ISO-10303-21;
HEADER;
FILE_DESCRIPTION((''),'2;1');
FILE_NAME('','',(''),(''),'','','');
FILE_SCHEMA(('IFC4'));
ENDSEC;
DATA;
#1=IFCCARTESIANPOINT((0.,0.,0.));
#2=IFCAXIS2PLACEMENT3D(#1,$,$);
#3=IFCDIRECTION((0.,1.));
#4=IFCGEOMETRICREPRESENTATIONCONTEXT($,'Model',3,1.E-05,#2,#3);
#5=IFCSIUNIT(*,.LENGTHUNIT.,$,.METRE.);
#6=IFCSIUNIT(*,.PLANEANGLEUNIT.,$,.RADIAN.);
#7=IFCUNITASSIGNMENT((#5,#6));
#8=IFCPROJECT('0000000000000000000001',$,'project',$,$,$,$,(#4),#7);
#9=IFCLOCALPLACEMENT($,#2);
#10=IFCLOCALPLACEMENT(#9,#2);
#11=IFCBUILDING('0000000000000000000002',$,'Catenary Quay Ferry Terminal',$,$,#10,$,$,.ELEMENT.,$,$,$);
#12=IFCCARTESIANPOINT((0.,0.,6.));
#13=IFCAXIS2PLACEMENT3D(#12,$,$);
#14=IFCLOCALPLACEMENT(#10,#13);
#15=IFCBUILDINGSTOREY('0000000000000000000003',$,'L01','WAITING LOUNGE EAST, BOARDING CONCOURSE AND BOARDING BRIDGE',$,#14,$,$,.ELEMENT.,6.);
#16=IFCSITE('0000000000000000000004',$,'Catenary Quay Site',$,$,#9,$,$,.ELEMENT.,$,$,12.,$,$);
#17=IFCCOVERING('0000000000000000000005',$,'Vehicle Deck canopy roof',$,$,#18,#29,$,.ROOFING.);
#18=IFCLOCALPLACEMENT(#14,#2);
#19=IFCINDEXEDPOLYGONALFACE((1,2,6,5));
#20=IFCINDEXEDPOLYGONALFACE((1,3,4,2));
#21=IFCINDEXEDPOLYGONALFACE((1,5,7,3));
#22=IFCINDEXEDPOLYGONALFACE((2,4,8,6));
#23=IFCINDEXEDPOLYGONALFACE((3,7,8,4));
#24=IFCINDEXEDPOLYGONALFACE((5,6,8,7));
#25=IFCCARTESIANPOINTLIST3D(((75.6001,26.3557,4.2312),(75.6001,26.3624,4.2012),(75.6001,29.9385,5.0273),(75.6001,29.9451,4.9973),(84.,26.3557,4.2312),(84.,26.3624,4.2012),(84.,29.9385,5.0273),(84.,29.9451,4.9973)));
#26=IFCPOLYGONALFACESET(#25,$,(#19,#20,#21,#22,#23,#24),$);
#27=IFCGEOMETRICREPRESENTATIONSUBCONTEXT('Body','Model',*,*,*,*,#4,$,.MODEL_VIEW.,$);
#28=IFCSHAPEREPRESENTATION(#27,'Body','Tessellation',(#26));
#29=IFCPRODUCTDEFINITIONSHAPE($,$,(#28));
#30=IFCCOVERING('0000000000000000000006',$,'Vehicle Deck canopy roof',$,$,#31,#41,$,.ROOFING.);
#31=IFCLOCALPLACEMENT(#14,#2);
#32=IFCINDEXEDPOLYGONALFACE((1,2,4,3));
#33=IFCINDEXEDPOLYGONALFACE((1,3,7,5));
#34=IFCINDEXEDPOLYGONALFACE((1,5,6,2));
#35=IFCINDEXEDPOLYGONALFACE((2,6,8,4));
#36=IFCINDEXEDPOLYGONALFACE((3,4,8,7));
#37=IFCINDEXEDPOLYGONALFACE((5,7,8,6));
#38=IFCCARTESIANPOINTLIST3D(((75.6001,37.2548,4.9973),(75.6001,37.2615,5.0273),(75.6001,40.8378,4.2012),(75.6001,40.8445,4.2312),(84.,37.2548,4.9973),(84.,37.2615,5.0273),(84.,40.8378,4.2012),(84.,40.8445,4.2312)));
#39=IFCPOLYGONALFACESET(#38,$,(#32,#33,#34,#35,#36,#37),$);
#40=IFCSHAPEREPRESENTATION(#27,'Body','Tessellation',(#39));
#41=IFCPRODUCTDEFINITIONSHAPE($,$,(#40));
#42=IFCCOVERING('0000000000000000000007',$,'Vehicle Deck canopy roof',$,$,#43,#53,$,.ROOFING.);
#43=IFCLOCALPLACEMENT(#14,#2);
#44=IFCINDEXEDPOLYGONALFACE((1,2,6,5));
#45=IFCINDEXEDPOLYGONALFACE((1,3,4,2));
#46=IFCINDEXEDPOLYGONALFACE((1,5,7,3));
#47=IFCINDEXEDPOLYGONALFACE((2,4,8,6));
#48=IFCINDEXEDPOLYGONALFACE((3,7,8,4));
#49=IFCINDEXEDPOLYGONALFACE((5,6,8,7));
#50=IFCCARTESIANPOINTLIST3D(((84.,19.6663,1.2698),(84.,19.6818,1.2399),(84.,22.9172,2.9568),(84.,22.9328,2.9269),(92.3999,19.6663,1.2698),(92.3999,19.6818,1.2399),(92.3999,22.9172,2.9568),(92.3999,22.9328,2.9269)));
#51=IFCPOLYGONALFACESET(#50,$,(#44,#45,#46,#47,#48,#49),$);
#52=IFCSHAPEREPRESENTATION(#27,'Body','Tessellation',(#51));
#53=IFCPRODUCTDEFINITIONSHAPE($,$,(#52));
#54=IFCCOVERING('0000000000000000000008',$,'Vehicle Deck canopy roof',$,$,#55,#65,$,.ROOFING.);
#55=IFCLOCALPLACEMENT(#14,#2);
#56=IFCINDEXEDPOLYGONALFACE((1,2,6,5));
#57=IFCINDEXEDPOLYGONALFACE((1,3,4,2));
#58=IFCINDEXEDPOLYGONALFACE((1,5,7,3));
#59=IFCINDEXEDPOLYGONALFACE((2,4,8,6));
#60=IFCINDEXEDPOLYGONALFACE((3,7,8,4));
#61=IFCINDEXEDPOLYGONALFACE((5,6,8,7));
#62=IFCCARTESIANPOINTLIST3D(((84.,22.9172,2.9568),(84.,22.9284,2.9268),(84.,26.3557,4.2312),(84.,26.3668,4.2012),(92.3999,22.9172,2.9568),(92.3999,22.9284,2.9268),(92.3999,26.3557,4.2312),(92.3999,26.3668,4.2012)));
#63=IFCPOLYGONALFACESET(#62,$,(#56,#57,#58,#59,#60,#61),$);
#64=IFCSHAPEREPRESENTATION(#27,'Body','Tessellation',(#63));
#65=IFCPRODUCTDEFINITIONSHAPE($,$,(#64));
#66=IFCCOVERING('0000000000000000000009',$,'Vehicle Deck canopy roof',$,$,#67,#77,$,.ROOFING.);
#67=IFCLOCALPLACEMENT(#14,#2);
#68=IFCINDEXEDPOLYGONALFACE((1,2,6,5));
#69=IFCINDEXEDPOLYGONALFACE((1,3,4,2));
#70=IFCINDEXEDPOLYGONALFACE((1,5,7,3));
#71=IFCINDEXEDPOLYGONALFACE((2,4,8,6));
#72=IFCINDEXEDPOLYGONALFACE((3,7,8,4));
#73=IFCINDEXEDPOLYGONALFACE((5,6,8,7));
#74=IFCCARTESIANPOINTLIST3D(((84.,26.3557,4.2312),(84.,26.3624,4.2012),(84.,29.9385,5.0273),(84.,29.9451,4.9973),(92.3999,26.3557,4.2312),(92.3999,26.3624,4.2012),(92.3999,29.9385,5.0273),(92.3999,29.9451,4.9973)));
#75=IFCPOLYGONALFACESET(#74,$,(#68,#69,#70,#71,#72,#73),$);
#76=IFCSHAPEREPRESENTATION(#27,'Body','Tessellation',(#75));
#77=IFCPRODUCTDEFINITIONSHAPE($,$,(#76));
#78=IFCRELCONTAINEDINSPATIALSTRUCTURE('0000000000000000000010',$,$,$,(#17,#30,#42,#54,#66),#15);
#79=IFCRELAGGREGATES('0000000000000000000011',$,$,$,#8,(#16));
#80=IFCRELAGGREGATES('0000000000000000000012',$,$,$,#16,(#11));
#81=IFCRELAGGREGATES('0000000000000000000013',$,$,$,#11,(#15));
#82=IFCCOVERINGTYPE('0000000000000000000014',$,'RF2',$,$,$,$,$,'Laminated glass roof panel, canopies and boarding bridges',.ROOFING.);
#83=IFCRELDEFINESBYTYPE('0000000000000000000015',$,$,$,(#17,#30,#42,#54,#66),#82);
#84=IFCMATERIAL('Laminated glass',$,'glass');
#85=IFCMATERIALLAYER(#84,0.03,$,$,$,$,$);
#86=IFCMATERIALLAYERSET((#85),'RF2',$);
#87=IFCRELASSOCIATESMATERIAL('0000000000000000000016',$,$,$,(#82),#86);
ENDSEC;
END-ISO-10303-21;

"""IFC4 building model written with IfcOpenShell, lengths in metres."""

from ifc_helpers import new_model, si_unit, direction, frame, origin, place, context, subcontext, project, spatial, polyline, outline, extrude, material, layer, layer_set, type_object, element, save


model = new_model("IFC4")

# Units and contexts
model_context = context("Model", 3, precision=1e-05, world=origin(), true_north=direction((0.0, 1.0)))
body_context = subcontext(model_context, "Body", "Model", "MODEL_VIEW")
ifc_project = project(units=[si_unit("LENGTHUNIT", "METRE"), si_unit("PLANEANGLEUNIT", "RADIAN")], contexts=[model_context])

# Site, building, storey
site_placement = place(None, origin())
site = spatial("IfcSite", under=ifc_project, at=site_placement, Name="Catenary Quay Site", CompositionType="ELEMENT", RefElevation=12.0)
building_placement = place(site_placement, origin())
building = spatial("IfcBuilding", under=site, at=building_placement, Name="Catenary Quay Ferry Terminal", CompositionType="ELEMENT")
storey_placement = place(building_placement, frame((0.0, 0.0, 6.0)))
storey = spatial("IfcBuildingStorey", under=building, at=storey_placement, Name="L01", Description="WAITING LOUNGE EAST, BOARDING CONCOURSE AND BOARDING BRIDGE", CompositionType="ELEMENT", Elevation=6.0)

# Coverings
ifc_material_1 = material(Name="Laminated glass", Category="glass")
ifc_layer = layer(ifc_material_1, 0.03)
ifc_layer_set = layer_set([ifc_layer], Name="RF2")
covering_type = type_object("IfcCoveringType", Name="RF2", ElementType="Laminated glass roof panel, canopies and boarding bridges", PredefinedType="ROOFING", material=ifc_layer_set)
covering_1_placement = place(storey_placement, frame((75.6001, 26.3557, 4.2312), z_axis=(0.0, -0.216923, 0.976189), x_axis=(1.0, 0.0, 0.0)))
element("IfcCovering", 1, at=covering_1_placement, inside=storey, type_object=covering_type, Name="Vehicle Deck canopy roof", PredefinedType="ROOFING", context=body_context, shape_type="SweptSolid", body=[
    extrude(outline(polyline([(0.0, 0.0), (8.3999, 0.0), (8.3999, 3.6702), (0.0, 3.6702), (0.0, 0.0)])), origin(), (0.0, 0.0, -1.0), 0.0308),
])
covering_2_placement = place(storey_placement, frame((75.6001, 37.2615, 5.0273), z_axis=(0.0, 0.216909, 0.976192), x_axis=(1.0, 0.0, 0.0)))
element("IfcCovering", 2, at=covering_2_placement, inside=storey, type_object=covering_type, Name="Vehicle Deck canopy roof", PredefinedType="ROOFING", context=body_context, shape_type="SweptSolid", body=[
    extrude(outline(polyline([(0.0, 0.0), (8.3999, 0.0), (8.3999, 3.6704), (0.0, 3.6704), (0.0, 0.0)])), origin(), (0.0, 0.0, -1.0), 0.0308),
])
covering_3_placement = place(storey_placement, frame((84.0, 19.6663, 1.2698), z_axis=(0.0, -0.460601, 0.887607), x_axis=(1.0, 0.0, 0.0)))
element("IfcCovering", 3, at=covering_3_placement, inside=storey, type_object=covering_type, Name="Vehicle Deck canopy roof", PredefinedType="ROOFING", context=body_context, shape_type="SweptSolid", body=[
    extrude(outline(polyline([(0.0, 0.0), (8.3999, 0.0), (8.3999, 3.6626), (0.0, 3.6626), (0.0, 0.0)])), origin(), (0.0, 0.0, -1.0), 0.0337),
])
covering_4_placement = place(storey_placement, frame((84.0, 22.9172, 2.9568), z_axis=(0.0, -0.347531, 0.937668), x_axis=(1.0, 0.0, 0.0)))
element("IfcCovering", 4, at=covering_4_placement, inside=storey, type_object=covering_type, Name="Vehicle Deck canopy roof", PredefinedType="ROOFING", context=body_context, shape_type="SweptSolid", body=[
    extrude(outline(polyline([(0.0, 0.0), (8.3999, 0.0), (8.3999, 3.667), (0.0, 3.667), (0.0, 0.0)])), origin(), (0.0, 0.0, -1.0), 0.032),
])
covering_5_placement = place(storey_placement, frame((84.0, 26.3557, 4.2312), z_axis=(0.0, -0.216923, 0.976189), x_axis=(1.0, 0.0, 0.0)))
element("IfcCovering", 5, at=covering_5_placement, inside=storey, type_object=covering_type, Name="Vehicle Deck canopy roof", PredefinedType="ROOFING", context=body_context, shape_type="SweptSolid", body=[
    extrude(outline(polyline([(0.0, 0.0), (8.3999, 0.0), (8.3999, 3.6702), (0.0, 3.6702), (0.0, 0.0)])), origin(), (0.0, 0.0, -1.0), 0.0308),
])

save(model, "model.ifc")
